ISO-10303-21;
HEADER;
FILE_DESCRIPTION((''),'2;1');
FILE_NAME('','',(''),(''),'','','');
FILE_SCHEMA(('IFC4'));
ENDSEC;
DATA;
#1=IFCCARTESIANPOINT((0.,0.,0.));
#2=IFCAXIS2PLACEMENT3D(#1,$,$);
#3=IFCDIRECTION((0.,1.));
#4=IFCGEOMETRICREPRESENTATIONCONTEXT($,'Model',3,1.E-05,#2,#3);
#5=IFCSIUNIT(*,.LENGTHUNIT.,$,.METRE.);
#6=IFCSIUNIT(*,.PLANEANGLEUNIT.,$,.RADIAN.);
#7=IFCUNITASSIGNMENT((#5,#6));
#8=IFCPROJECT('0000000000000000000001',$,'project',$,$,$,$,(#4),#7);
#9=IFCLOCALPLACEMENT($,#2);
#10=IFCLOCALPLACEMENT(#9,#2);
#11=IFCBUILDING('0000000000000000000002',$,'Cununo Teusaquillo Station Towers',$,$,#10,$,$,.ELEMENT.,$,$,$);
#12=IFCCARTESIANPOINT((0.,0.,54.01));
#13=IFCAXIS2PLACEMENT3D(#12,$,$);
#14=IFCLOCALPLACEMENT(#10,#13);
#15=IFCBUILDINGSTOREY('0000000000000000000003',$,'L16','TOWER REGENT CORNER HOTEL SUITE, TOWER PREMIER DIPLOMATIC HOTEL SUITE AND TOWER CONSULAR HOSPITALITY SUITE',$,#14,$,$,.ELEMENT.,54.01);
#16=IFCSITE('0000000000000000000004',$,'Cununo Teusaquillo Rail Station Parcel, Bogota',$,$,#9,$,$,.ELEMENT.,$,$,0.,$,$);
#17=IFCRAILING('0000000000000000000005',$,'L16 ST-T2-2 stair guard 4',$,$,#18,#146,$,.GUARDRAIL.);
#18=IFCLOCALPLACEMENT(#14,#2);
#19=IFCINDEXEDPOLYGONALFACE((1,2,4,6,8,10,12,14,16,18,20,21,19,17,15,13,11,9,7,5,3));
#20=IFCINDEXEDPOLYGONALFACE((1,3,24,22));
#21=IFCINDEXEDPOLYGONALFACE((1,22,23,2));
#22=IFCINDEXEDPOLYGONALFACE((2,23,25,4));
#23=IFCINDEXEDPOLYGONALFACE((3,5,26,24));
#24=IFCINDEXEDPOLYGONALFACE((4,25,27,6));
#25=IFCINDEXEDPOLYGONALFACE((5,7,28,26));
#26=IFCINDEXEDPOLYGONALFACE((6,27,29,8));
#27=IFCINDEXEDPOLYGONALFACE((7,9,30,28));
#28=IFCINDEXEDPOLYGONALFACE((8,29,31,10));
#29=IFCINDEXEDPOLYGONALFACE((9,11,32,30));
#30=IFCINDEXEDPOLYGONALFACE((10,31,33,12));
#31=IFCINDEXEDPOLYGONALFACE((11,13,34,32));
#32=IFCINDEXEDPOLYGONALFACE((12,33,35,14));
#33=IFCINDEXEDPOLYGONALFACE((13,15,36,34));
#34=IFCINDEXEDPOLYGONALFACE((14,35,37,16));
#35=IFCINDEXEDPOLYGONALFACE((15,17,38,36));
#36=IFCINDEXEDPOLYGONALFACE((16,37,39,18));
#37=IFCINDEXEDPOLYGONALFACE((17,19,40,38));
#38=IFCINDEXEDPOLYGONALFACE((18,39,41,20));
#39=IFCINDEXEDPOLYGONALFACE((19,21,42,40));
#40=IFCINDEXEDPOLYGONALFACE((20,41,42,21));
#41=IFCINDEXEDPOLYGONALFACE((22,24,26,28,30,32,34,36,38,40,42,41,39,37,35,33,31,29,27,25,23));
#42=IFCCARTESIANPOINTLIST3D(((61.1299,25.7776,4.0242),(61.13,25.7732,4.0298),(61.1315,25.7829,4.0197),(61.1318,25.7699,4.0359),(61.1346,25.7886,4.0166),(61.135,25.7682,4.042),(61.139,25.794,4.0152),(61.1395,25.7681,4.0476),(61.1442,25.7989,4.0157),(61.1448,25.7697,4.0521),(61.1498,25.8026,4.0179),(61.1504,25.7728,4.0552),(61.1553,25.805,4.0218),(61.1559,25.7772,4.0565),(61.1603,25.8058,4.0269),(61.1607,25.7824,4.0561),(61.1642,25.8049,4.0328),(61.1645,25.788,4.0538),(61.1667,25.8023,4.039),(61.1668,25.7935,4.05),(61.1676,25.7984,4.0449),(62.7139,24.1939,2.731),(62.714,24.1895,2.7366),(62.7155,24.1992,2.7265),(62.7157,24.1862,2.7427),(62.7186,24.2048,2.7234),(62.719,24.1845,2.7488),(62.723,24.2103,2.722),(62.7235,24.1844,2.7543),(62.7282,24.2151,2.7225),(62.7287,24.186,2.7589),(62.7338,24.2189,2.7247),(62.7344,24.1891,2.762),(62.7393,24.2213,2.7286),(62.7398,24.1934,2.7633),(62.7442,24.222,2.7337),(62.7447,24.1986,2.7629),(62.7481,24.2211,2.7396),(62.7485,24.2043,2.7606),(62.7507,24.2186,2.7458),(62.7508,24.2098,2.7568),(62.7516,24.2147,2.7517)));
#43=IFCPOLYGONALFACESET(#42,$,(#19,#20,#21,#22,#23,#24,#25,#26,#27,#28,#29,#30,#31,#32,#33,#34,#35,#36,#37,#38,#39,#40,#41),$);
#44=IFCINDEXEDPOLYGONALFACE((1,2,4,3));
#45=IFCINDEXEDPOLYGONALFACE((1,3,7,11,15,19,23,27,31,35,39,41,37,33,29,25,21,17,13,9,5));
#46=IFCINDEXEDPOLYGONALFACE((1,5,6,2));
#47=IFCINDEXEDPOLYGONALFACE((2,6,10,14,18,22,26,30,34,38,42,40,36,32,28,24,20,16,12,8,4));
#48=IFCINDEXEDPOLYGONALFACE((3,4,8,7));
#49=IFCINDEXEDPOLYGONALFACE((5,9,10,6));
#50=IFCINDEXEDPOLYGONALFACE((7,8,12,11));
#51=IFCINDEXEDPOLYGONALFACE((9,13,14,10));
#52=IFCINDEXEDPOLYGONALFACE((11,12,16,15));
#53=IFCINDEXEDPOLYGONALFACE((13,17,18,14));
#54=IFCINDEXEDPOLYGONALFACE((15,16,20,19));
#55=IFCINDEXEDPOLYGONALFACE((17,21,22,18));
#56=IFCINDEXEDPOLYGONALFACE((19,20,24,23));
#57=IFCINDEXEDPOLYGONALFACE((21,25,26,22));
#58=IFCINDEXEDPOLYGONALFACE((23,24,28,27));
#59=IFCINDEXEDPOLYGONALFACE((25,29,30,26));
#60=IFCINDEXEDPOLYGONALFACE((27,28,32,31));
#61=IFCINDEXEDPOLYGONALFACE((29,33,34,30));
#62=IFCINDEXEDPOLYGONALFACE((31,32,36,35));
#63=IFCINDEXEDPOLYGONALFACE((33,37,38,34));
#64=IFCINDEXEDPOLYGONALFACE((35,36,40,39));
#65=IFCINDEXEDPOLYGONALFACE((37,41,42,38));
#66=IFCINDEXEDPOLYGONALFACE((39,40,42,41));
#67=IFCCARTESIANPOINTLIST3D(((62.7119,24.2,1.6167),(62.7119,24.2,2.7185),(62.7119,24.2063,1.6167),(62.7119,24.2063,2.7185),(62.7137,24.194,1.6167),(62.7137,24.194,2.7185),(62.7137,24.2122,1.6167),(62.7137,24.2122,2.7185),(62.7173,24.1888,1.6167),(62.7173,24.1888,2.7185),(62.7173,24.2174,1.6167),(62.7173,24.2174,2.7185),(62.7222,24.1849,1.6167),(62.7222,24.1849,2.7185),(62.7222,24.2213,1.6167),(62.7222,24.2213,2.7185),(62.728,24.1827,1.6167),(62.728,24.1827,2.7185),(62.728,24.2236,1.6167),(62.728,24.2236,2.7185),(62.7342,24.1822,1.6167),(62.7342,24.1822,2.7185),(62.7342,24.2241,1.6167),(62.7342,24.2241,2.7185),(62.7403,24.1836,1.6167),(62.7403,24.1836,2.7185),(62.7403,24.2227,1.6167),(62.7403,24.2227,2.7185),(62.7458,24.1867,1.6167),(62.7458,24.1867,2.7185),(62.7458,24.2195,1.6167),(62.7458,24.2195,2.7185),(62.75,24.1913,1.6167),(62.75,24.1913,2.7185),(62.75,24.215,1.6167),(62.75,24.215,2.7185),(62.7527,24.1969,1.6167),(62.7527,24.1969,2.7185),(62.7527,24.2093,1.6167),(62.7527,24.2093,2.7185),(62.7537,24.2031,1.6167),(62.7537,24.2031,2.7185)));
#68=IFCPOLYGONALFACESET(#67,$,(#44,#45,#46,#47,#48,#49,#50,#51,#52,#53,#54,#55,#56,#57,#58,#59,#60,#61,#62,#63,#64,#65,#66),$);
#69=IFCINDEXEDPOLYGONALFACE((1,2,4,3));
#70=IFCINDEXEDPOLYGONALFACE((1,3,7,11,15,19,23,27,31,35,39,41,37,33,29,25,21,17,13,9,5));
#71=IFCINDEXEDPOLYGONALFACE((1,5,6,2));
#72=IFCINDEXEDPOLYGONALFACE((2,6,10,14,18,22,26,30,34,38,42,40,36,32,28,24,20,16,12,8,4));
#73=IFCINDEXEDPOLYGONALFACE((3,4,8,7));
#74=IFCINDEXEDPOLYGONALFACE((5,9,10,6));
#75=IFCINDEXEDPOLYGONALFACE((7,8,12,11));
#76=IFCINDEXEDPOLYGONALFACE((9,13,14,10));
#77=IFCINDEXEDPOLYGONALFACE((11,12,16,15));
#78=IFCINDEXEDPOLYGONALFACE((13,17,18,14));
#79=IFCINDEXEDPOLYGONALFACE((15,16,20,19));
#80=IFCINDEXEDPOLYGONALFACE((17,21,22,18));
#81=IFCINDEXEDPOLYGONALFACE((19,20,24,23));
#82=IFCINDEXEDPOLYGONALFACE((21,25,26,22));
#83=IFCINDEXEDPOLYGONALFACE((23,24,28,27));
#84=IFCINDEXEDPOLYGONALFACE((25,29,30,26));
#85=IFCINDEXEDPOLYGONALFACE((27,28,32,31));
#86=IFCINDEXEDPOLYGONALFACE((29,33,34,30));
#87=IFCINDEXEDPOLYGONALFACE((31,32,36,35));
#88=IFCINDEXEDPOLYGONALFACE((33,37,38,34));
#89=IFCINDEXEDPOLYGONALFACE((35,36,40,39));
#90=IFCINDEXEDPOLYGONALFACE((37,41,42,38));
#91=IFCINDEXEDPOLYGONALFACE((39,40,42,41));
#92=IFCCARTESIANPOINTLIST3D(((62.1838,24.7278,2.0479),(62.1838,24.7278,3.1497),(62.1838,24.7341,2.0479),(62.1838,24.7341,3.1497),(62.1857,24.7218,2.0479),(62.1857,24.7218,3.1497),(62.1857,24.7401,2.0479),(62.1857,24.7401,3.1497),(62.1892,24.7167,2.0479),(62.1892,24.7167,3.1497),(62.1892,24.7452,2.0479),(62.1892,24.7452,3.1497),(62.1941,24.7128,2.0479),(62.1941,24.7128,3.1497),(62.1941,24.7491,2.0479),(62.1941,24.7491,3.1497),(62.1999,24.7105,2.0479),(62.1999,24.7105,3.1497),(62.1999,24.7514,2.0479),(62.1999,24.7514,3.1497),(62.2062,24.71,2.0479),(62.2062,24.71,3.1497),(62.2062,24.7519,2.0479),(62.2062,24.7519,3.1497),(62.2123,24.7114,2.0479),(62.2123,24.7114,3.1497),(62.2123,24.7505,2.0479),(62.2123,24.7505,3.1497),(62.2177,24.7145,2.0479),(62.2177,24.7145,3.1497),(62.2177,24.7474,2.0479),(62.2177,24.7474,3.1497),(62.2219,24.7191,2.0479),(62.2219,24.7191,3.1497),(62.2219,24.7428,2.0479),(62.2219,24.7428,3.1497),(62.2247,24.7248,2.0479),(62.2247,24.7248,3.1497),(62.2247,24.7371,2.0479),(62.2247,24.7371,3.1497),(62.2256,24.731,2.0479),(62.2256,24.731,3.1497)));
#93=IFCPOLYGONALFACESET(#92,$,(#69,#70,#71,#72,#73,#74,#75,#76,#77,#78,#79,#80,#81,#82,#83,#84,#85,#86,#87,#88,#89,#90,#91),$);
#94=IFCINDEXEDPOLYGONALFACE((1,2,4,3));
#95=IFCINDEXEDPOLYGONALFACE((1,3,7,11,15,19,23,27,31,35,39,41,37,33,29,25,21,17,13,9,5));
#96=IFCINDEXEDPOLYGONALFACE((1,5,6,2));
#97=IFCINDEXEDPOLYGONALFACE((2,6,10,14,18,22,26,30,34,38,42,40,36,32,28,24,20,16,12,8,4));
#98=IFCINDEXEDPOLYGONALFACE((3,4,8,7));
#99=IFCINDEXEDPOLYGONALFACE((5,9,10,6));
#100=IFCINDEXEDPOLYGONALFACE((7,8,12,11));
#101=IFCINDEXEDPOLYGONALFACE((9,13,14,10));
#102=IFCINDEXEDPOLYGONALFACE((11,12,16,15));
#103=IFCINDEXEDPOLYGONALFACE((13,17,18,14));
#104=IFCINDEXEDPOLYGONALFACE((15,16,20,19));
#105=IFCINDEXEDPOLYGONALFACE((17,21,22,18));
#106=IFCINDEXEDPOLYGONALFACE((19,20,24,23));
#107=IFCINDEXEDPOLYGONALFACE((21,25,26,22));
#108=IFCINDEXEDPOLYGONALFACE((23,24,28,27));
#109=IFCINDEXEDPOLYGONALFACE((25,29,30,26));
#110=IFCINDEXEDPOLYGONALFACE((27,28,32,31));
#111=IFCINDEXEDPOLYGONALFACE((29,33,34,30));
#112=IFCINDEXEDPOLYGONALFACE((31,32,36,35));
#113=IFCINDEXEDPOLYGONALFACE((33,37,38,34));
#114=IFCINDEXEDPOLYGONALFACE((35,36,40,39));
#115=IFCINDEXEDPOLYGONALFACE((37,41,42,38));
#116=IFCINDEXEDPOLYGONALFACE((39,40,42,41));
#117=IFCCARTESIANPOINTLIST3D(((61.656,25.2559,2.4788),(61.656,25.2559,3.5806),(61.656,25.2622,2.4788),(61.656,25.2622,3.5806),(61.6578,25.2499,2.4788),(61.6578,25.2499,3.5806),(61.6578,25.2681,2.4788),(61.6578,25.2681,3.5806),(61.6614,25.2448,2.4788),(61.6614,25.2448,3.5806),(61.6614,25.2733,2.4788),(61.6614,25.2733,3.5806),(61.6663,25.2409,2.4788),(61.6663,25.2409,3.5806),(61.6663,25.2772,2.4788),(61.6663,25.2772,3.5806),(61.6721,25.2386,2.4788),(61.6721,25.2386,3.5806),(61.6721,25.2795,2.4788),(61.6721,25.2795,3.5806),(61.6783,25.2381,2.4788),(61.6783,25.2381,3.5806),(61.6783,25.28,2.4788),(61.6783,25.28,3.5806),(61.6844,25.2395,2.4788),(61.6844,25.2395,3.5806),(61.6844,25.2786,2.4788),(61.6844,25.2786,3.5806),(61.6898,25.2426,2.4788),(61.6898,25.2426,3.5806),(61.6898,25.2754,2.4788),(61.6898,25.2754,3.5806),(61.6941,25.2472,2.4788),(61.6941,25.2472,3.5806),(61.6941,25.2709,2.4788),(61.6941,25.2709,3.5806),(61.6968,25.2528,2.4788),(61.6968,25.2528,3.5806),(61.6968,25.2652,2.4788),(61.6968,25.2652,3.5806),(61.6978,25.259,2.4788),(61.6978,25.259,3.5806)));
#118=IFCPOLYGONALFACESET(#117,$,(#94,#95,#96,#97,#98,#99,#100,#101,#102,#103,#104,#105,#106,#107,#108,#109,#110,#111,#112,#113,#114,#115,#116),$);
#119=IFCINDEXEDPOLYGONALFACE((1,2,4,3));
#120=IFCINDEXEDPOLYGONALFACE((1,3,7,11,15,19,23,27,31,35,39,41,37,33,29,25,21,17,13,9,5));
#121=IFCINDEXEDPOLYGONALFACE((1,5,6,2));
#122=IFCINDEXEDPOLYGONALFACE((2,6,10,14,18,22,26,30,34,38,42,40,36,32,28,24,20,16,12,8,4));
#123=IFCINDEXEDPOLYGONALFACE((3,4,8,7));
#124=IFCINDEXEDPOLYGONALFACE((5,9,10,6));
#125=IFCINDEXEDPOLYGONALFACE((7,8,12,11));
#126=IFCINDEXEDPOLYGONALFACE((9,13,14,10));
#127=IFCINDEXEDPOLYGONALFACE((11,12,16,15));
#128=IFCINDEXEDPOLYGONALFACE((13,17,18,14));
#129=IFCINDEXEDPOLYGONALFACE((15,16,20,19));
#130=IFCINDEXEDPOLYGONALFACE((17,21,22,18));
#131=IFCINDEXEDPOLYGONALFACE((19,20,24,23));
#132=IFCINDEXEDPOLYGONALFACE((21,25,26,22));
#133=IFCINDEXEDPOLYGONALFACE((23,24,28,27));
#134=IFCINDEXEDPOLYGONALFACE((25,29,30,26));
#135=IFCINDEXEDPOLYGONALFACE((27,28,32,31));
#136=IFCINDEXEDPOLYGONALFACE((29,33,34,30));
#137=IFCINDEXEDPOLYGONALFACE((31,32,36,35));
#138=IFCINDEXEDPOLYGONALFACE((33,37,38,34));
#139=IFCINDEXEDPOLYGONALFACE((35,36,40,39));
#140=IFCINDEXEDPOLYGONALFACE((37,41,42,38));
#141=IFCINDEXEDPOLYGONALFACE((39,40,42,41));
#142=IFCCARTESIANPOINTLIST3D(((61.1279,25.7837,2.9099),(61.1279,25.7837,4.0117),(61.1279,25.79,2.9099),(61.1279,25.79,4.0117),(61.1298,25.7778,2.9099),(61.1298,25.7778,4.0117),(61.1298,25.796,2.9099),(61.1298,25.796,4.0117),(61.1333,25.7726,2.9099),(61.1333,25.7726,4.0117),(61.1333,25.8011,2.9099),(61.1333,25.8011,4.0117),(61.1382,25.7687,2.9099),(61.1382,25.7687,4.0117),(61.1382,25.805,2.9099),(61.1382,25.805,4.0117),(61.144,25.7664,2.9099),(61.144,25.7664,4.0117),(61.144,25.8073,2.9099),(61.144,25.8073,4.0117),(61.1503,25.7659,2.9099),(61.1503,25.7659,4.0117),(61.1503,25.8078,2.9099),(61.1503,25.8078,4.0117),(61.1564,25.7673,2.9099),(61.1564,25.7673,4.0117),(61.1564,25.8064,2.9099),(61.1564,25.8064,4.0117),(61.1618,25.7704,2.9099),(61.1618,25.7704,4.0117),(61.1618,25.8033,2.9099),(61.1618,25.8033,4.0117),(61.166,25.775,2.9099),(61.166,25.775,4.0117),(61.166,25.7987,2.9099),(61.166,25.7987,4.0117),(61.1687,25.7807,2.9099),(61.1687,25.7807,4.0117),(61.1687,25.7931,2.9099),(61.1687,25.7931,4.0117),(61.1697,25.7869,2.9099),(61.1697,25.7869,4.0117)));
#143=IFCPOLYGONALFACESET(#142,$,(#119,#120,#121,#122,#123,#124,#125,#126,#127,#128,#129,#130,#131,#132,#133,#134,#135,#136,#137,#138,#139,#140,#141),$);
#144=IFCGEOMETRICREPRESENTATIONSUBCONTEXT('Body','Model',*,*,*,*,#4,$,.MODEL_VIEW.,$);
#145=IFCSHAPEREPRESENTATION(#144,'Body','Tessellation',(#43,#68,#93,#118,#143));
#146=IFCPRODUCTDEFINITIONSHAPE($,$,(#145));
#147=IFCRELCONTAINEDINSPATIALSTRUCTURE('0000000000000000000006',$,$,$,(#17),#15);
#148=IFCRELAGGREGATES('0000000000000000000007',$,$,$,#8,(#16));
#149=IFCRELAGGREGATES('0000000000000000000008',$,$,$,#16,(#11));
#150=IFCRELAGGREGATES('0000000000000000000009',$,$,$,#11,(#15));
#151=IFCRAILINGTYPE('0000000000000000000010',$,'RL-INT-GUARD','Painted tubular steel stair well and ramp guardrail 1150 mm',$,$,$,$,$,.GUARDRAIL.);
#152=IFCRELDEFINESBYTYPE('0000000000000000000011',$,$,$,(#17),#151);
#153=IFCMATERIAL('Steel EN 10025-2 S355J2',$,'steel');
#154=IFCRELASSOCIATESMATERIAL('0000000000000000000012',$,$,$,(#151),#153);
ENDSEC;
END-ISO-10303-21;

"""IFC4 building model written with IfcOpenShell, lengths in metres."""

from ifc_helpers import new_model, si_unit, direction, frame, origin, origin_2d, place, context, subcontext, project, spatial, circle, extrude, material, type_object, element, save


model = new_model("IFC4")

# Units and contexts
model_context = context("Model", 3, precision=1e-05, world=origin(), true_north=direction((0.0, 1.0)))
body_context = subcontext(model_context, "Body", "Model", "MODEL_VIEW")
ifc_project = project(units=[si_unit("LENGTHUNIT", "METRE"), si_unit("PLANEANGLEUNIT", "RADIAN")], contexts=[model_context])

# Site, building, storey
site_placement = place(None, origin())
site = spatial("IfcSite", under=ifc_project, at=site_placement, Name="Cununo Teusaquillo Rail Station Parcel, Bogota", CompositionType="ELEMENT", RefElevation=0.0)
building_placement = place(site_placement, origin())
building = spatial("IfcBuilding", under=site, at=building_placement, Name="Cununo Teusaquillo Station Towers", CompositionType="ELEMENT")
storey_placement = place(building_placement, frame((0.0, 0.0, 54.01)))
storey = spatial("IfcBuildingStorey", under=building, at=storey_placement, Name="L16", Description="TOWER REGENT CORNER HOTEL SUITE, TOWER PREMIER DIPLOMATIC HOTEL SUITE AND TOWER CONSULAR HOSPITALITY SUITE", CompositionType="ELEMENT", Elevation=54.01)

# Railing
ifc_material_1 = material(Name="Steel EN 10025-2 S355J2", Category="steel")
railing_type_1 = type_object("IfcRailingType", Name="RL-INT-GUARD", Description="Painted tubular steel stair well and ramp guardrail 1150 mm", PredefinedType="GUARDRAIL", material=ifc_material_1)
railing_1_placement = place(storey_placement, frame((62.7327, 24.2031, 1.6167)))
element("IfcRailing", 1, at=railing_1_placement, inside=storey, type_object=railing_type_1, Name="L16 ST-T2-2 stair guard 4", PredefinedType="GUARDRAIL", context=body_context, shape_type="SweptSolid", body=[
    extrude(circle(Radius=0.0239, at=origin_2d()), frame((0.0, 0.0, 1.126), z_axis=(-0.61242, 0.612326, 0.499998), x_axis=(-0.707052, -0.707161, 0.0)), (0.0, 0.0, 1.0), 2.5864),
    extrude(circle(Radius=0.021, at=origin_2d()), origin(), (0.0, 0.0, 1.0), 1.1018),
    extrude(circle(Radius=0.021, at=origin_2d()), frame((-0.5281, 0.5278, 0.4312)), (0.0, 0.0, 1.0), 1.1018),
    extrude(circle(Radius=0.021, at=origin_2d()), frame((-1.0559, 1.0559, 0.8621)), (0.0, 0.0, 1.0), 1.1018),
    extrude(circle(Radius=0.021, at=origin_2d()), frame((-1.584, 1.5837, 1.2932)), (0.0, 0.0, 1.0), 1.1018),
])

save(model, "model.ifc")
